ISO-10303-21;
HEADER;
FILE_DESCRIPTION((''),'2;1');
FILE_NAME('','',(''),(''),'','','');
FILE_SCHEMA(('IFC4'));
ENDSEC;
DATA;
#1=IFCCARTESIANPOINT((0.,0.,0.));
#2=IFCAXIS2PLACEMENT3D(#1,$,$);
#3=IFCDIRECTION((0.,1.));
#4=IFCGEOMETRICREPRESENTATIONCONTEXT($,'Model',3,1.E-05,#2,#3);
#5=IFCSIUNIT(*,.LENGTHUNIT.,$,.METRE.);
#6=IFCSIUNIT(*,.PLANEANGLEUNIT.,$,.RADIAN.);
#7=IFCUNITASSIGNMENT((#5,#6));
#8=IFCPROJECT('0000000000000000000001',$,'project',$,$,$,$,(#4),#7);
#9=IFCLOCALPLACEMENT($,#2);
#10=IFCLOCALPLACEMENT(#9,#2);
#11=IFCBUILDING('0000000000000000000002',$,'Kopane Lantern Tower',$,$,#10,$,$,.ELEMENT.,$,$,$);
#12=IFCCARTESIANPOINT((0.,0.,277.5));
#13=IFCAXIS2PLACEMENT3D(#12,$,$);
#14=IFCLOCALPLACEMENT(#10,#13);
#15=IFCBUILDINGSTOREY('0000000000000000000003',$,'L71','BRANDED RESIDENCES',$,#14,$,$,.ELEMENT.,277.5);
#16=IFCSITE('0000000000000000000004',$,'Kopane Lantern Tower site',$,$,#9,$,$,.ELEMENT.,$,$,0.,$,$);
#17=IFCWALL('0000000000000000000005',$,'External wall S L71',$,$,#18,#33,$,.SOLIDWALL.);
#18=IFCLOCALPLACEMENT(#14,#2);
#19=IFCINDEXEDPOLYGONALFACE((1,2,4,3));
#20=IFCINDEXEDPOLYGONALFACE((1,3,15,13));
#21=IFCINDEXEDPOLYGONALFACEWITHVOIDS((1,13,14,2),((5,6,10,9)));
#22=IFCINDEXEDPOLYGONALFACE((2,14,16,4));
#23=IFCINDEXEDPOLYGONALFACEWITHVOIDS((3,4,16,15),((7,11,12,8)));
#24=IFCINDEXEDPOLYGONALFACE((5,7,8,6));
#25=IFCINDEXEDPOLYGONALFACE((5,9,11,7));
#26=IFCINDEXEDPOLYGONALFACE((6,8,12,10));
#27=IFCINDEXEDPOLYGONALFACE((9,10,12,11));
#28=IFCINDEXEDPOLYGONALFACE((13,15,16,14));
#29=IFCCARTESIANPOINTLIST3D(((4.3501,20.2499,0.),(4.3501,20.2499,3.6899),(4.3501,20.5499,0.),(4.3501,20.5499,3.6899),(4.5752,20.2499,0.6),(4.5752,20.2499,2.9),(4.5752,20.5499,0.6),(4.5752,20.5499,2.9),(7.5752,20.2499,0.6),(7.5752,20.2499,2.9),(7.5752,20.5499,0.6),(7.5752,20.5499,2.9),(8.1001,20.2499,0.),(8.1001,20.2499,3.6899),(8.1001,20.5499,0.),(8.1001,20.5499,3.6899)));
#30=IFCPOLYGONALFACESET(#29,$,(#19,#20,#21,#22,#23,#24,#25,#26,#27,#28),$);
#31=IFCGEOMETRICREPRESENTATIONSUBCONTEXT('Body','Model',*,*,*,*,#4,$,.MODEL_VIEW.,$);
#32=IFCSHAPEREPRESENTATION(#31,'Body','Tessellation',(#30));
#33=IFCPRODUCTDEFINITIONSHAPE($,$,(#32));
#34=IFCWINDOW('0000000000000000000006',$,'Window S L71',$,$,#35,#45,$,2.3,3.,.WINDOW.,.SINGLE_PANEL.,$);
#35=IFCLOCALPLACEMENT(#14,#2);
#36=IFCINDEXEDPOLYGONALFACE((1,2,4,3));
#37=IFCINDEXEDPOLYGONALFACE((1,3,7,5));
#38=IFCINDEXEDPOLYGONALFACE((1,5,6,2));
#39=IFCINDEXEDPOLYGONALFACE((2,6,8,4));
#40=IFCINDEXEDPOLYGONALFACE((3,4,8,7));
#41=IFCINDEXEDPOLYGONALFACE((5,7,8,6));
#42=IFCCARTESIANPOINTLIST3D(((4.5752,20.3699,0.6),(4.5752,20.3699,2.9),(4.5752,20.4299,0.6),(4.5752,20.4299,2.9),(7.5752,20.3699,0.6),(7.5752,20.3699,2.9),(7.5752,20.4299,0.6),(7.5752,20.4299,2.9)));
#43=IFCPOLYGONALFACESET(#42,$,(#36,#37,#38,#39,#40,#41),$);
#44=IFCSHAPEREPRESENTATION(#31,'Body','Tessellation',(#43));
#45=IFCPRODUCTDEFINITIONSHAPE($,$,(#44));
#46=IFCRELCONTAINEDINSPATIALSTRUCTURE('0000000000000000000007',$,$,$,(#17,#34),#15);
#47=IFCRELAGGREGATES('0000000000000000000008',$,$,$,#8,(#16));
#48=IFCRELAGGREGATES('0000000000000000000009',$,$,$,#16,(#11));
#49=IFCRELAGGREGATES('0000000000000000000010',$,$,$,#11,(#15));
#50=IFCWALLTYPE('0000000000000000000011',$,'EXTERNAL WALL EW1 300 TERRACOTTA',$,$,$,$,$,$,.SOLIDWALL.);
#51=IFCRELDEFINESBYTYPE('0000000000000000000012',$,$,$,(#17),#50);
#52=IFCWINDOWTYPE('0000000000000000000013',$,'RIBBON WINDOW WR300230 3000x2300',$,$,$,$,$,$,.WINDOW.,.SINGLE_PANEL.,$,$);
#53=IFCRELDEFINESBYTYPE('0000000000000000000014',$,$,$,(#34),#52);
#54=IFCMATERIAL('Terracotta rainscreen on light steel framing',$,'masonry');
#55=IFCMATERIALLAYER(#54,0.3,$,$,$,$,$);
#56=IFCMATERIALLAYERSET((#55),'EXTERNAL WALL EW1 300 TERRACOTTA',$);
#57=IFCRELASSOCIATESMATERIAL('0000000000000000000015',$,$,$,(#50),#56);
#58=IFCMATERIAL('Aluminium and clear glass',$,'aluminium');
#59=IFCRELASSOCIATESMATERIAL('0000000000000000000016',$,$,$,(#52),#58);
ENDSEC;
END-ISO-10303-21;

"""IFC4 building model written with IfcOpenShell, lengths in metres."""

from ifc_helpers import new_model, si_unit, direction, frame, frame_2d, origin, place, context, subcontext, project, spatial, rectangle, extrude, material, layer, layer_set, type_object, element, fill, save


model = new_model("IFC4")

# Units and contexts
model_context = context("Model", 3, precision=1e-05, world=origin(), true_north=direction((0.0, 1.0)))
body_context = subcontext(model_context, "Body", "Model", "MODEL_VIEW")
ifc_project = project(units=[si_unit("LENGTHUNIT", "METRE"), si_unit("PLANEANGLEUNIT", "RADIAN")], contexts=[model_context])

# Site, building, storey
site_placement = place(None, origin())
site = spatial("IfcSite", under=ifc_project, at=site_placement, Name="Kopane Lantern Tower site", CompositionType="ELEMENT", RefElevation=0.0)
building_placement = place(site_placement, origin())
building = spatial("IfcBuilding", under=site, at=building_placement, Name="Kopane Lantern Tower", CompositionType="ELEMENT")
storey_placement = place(building_placement, frame((0.0, 0.0, 277.5)))
storey = spatial("IfcBuildingStorey", under=building, at=storey_placement, Name="L71", Description="BRANDED RESIDENCES", CompositionType="ELEMENT", Elevation=277.5)

# Wall, opening, window
ifc_material_1 = material(Name="Terracotta rainscreen on light steel framing", Category="masonry")
ifc_layer_1 = layer(ifc_material_1, 0.3)
ifc_layer_set_1 = layer_set([ifc_layer_1], Name="EXTERNAL WALL EW1 300 TERRACOTTA")
wall_type_1 = type_object("IfcWallType", Name="EXTERNAL WALL EW1 300 TERRACOTTA", PredefinedType="SOLIDWALL", material=ifc_layer_set_1)
wall_1_placement = place(storey_placement, frame((4.3501, 20.3999, 0.0), z_axis=(0.0, 0.0, 1.0), x_axis=(1.0, 0.0, 0.0)))
wall_1 = element("IfcWall", 1, at=wall_1_placement, inside=storey, type_object=wall_type_1, Name="External wall S L71", PredefinedType="SOLIDWALL", context=body_context, shape_type="SweptSolid", body=[
    extrude(rectangle(XDim=3.75, YDim=0.3, at=frame_2d((1.875, 0.0))), origin(), (0.0, 0.0, 1.0), 3.6899),
])
opening_placement = place(wall_1_placement, frame((0.2251, 0.0, 0.6001)))
opening = element("IfcOpeningElement", 2, at=opening_placement, cuts=wall_1, PredefinedType="OPENING", context=body_context, shape_type="SweptSolid", body=[
    extrude(rectangle(XDim=3.0, YDim=2.3, at=frame_2d((1.5, 1.1499))), frame((0.0, 0.1599, 0.0), z_axis=(0.0, -1.0, 0.0), x_axis=(1.0, 0.0, 0.0)), (0.0, 0.0, 1.0), 0.3201),
])
ifc_material_2 = material(Name="Aluminium and clear glass", Category="aluminium")
window_type = type_object("IfcWindowType", Name="RIBBON WINDOW WR300230 3000x2300", PartitioningType="SINGLE_PANEL", PredefinedType="WINDOW", material=ifc_material_2)
window_placement = place(opening_placement, origin())
window = element("IfcWindow", 3, at=window_placement, inside=storey, type_object=window_type, Name="Window S L71", OverallHeight=2.3, OverallWidth=3.0, PartitioningType="SINGLE_PANEL", PredefinedType="WINDOW", context=body_context, shape_type="SweptSolid", body=[
    extrude(rectangle(XDim=3.0, YDim=2.3, at=frame_2d((1.5, 1.1499))), frame((0.0, 0.03, 0.0), z_axis=(0.0, -1.0, 0.0), x_axis=(1.0, 0.0, 0.0)), (0.0, 0.0, 1.0), 0.0601),
])
fill(opening, window)

save(model, "model.ifc")
